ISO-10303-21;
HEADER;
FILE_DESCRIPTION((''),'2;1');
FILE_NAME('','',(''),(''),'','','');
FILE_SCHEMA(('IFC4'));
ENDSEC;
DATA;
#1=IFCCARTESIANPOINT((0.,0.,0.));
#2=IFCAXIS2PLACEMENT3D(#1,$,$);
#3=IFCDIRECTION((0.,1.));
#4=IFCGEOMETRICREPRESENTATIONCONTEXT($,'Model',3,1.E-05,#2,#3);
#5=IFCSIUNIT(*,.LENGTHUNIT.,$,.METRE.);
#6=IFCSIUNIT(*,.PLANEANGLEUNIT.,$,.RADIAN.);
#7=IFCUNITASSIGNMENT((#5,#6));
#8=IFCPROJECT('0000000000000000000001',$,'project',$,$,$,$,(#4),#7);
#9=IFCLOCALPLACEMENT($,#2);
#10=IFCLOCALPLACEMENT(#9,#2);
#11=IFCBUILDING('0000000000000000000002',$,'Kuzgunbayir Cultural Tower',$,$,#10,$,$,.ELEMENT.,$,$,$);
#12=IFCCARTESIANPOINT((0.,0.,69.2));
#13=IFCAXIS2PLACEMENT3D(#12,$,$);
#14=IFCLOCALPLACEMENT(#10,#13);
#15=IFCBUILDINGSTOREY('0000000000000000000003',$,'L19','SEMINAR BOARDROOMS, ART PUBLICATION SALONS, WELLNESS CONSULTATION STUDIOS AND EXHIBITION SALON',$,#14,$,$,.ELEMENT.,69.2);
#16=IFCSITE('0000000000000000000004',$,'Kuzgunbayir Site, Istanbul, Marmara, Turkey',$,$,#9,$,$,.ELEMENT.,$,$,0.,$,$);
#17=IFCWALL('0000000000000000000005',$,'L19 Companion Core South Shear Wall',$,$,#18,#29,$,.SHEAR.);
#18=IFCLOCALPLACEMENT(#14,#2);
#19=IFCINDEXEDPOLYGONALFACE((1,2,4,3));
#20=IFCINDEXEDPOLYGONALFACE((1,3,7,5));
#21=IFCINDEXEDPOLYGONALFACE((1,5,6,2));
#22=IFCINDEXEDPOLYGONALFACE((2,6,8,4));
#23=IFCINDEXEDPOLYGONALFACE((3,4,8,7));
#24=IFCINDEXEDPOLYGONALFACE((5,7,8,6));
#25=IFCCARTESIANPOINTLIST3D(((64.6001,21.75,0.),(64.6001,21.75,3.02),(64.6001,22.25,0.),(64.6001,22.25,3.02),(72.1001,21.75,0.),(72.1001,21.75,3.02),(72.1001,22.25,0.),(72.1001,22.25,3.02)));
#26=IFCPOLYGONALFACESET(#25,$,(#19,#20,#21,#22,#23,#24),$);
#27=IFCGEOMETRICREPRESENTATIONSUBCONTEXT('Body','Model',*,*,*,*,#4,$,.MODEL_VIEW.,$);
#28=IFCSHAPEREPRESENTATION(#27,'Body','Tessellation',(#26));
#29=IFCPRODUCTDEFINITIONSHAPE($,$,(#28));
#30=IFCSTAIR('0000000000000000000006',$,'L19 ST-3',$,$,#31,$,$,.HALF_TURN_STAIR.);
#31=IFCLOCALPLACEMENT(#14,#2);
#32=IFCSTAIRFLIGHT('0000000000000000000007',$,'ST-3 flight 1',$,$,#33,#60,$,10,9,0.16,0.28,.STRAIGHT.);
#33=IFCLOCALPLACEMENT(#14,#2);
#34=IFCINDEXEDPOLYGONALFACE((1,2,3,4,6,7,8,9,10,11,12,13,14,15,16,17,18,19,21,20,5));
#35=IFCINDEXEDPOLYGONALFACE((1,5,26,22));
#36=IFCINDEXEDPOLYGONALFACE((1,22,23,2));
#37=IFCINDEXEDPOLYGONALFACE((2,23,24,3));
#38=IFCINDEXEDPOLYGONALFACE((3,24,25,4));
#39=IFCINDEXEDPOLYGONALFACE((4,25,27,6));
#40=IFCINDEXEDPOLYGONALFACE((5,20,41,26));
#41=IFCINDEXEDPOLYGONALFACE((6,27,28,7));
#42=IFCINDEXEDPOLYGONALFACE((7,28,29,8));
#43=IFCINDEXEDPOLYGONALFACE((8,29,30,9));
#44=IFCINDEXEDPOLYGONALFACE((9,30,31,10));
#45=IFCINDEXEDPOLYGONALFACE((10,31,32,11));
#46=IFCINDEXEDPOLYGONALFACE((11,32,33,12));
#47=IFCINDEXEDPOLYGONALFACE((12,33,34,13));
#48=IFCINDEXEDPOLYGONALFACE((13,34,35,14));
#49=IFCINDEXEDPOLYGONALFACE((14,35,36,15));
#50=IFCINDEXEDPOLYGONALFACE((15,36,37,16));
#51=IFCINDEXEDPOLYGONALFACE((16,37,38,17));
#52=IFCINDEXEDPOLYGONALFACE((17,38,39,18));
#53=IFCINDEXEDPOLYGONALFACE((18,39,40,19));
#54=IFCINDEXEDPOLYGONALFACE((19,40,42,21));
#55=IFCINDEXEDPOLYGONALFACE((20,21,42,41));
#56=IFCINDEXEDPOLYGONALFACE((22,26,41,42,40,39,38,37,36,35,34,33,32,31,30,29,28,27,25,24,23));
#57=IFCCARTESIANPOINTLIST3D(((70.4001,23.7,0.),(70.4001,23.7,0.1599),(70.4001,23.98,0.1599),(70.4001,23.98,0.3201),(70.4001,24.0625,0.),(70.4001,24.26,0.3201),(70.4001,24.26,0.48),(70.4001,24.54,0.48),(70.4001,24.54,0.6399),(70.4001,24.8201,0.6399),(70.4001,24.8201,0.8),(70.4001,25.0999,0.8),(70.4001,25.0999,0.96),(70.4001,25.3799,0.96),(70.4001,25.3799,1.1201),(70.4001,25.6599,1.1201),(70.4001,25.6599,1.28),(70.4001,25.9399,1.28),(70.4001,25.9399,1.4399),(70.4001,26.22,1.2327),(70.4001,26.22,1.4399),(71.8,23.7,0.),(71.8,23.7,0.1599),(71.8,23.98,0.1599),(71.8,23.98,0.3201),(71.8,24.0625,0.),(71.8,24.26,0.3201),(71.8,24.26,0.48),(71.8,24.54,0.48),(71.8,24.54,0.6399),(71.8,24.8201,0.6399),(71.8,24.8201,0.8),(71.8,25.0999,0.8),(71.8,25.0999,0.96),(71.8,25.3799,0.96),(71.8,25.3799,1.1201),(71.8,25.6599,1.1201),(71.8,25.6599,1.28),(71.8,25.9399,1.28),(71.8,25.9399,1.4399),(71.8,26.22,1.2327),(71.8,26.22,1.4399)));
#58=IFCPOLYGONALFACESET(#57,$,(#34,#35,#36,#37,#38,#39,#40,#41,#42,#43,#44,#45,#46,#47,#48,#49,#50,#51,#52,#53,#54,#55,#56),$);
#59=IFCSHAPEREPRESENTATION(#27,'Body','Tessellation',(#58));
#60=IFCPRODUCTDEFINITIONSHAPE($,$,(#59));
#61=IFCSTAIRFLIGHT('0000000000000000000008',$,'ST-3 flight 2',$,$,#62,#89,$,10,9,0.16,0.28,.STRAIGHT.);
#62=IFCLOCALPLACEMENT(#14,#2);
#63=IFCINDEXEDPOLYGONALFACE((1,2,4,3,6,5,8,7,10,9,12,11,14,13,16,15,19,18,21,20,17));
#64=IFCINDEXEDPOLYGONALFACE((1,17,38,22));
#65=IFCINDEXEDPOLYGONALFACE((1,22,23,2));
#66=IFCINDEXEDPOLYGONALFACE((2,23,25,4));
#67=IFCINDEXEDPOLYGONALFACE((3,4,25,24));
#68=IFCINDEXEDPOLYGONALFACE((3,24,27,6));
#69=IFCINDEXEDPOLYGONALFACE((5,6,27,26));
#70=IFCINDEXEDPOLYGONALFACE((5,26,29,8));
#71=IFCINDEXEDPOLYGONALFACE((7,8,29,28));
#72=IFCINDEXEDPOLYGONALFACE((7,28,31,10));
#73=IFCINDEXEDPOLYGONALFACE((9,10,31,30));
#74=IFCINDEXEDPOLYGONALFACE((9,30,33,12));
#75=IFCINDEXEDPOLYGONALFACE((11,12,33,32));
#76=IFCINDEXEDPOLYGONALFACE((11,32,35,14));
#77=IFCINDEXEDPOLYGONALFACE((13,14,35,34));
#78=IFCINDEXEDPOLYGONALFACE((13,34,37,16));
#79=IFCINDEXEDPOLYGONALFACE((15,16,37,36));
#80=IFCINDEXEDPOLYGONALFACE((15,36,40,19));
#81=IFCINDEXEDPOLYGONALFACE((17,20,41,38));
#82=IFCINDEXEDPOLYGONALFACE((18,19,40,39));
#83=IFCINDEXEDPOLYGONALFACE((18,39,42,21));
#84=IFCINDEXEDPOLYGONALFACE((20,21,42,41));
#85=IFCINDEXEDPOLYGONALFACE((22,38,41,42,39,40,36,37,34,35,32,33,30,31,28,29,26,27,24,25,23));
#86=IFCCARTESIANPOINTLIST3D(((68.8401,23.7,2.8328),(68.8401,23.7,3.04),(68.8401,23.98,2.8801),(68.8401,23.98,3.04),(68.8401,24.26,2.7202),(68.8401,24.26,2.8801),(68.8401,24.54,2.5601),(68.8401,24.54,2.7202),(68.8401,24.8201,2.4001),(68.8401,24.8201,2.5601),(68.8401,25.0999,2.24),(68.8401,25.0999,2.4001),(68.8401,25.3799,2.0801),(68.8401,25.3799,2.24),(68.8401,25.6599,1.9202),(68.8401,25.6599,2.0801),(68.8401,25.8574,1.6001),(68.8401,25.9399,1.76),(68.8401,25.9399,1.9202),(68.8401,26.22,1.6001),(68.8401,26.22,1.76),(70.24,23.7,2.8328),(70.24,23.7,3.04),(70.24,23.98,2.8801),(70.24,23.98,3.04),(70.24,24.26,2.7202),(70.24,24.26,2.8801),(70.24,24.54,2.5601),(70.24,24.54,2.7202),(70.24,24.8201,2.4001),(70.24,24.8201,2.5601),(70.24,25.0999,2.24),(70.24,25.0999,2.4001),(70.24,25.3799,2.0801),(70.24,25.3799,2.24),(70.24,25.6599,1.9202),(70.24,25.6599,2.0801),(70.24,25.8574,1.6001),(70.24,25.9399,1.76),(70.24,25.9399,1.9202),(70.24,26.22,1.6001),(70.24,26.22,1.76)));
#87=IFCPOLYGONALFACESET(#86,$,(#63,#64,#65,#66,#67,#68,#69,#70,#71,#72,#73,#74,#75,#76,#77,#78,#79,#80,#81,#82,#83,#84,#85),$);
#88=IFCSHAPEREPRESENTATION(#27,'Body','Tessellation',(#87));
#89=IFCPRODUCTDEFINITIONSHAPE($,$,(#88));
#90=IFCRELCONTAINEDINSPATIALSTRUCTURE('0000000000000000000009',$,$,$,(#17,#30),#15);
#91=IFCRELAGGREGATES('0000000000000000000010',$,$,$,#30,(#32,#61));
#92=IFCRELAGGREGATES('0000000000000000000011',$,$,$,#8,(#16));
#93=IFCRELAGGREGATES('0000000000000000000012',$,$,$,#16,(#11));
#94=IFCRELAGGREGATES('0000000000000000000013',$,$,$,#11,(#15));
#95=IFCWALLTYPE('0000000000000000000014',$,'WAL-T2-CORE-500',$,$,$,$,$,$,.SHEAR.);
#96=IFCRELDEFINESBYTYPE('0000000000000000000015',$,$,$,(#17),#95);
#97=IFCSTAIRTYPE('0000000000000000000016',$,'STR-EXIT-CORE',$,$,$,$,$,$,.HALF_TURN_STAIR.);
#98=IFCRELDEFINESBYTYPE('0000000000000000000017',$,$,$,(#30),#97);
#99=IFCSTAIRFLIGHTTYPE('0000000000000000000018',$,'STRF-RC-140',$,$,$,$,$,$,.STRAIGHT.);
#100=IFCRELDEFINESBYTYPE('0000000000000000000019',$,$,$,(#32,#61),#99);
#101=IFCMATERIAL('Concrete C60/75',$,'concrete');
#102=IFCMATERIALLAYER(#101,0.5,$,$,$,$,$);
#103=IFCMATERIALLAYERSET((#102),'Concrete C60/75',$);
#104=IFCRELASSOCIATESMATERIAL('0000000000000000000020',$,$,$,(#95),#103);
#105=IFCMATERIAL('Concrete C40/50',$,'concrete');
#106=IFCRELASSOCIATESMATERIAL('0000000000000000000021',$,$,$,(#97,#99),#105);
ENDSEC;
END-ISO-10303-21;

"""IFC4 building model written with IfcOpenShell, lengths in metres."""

from ifc_helpers import new_model, si_unit, direction, frame, frame_2d, origin, place, context, subcontext, project, spatial, polyline, rectangle, outline, extrude, material, layer, layer_set, type_object, element, aggregate, save


model = new_model("IFC4")

# Units and contexts
model_context = context("Model", 3, precision=1e-05, world=origin(), true_north=direction((0.0, 1.0)))
body_context = subcontext(model_context, "Body", "Model", "MODEL_VIEW")
ifc_project = project(units=[si_unit("LENGTHUNIT", "METRE"), si_unit("PLANEANGLEUNIT", "RADIAN")], contexts=[model_context])

# Site, building, storey
site_placement = place(None, origin())
site = spatial("IfcSite", under=ifc_project, at=site_placement, Name="Kuzgunbayir Site, Istanbul, Marmara, Turkey", CompositionType="ELEMENT", RefElevation=0.0)
building_placement = place(site_placement, origin())
building = spatial("IfcBuilding", under=site, at=building_placement, Name="Kuzgunbayir Cultural Tower", CompositionType="ELEMENT")
storey_placement = place(building_placement, frame((0.0, 0.0, 69.2)))
storey = spatial("IfcBuildingStorey", under=building, at=storey_placement, Name="L19", Description="SEMINAR BOARDROOMS, ART PUBLICATION SALONS, WELLNESS CONSULTATION STUDIOS AND EXHIBITION SALON", CompositionType="ELEMENT", Elevation=69.2)

# Shared definitions
ifc_material_1 = material(Name="Concrete C60/75", Category="concrete")

# Shared definitions
ifc_material_2 = material(Name="Concrete C40/50", Category="concrete")

# Wall
ifc_layer_1 = layer(ifc_material_1, 0.5)
ifc_layer_set_1 = layer_set([ifc_layer_1], Name="Concrete C60/75")
wall_type_1 = type_object("IfcWallType", Name="WAL-T2-CORE-500", PredefinedType="SHEAR", material=ifc_layer_set_1)
wall_1_placement = place(storey_placement, frame((64.6001, 22.0, 0.0), z_axis=(0.0, 0.0, 1.0), x_axis=(1.0, 0.0, 0.0)))
element("IfcWall", 1, at=wall_1_placement, inside=storey, type_object=wall_type_1, Name="L19 Companion Core South Shear Wall", PredefinedType="SHEAR", context=body_context, shape_type="SweptSolid", body=[
    extrude(rectangle(XDim=7.5, YDim=0.5, at=frame_2d((3.75, 0.0))), origin(), (0.0, 0.0, 1.0), 3.02),
])

# Stair, stair flights
stair_type = type_object("IfcStairType", Name="STR-EXIT-CORE", PredefinedType="HALF_TURN_STAIR", material=ifc_material_2)
stair_placement = place(storey_placement, origin())
stair = element("IfcStair", 2, at=stair_placement, inside=storey, type_object=stair_type, Name="L19 ST-3", PredefinedType="HALF_TURN_STAIR")
stair_flight_type = type_object("IfcStairFlightType", Name="STRF-RC-140", PredefinedType="STRAIGHT", material=ifc_material_2)
stair_flight_1_placement = place(storey_placement, frame((71.1001, 23.7, 0.0), z_axis=(0.0, 0.0, 1.0), x_axis=(0.0, 1.0, 0.0)))
stair_flight_1 = element("IfcStairFlight", 3, at=stair_flight_1_placement, type_object=stair_flight_type, Name="ST-3 flight 1", NumberOfRisers=10, NumberOfTreads=9, PredefinedType="STRAIGHT", RiserHeight=0.16, TreadLength=0.28, context=body_context, shape_type="SweptSolid", body=[
    extrude(outline(polyline([(0.0, 0.0), (0.0, 0.1599), (0.28, 0.1599), (0.28, 0.3201), (0.5601, 0.3201), (0.5601, 0.48), (0.8401, 0.48), (0.8401, 0.6399), (1.1201, 0.6399), (1.1201, 0.8), (1.3999, 0.8), (1.3999, 0.96), (1.6799, 0.96), (1.6799, 1.1201), (1.96, 1.1201), (1.96, 1.28), (2.24, 1.28), (2.24, 1.4399), (2.52, 1.4399), (2.52, 1.6001), (2.52, 1.2327), (0.3625, 0.0), (0.0, 0.0)])), frame((0.0, 0.7, 0.0), z_axis=(0.0, -1.0, 0.0), x_axis=(1.0, 0.0, 0.0)), (0.0, 0.0, 1.0), 1.3999),
])
stair_flight_2_placement = place(storey_placement, frame((69.54, 26.22, 1.6001), z_axis=(0.0, 0.0, 1.0), x_axis=(0.0, -1.0, 0.0)))
stair_flight_2 = element("IfcStairFlight", 4, at=stair_flight_2_placement, type_object=stair_flight_type, Name="ST-3 flight 2", NumberOfRisers=10, NumberOfTreads=9, PredefinedType="STRAIGHT", RiserHeight=0.16, TreadLength=0.28, context=body_context, shape_type="SweptSolid", body=[
    extrude(outline(polyline([(0.0, 0.0), (0.0, 0.1599), (0.28, 0.1599), (0.28, 0.3201), (0.5601, 0.3201), (0.5601, 0.48), (0.8401, 0.48), (0.8401, 0.6399), (1.1201, 0.6399), (1.1201, 0.8), (1.3999, 0.8), (1.3999, 0.96), (1.6799, 0.96), (1.6799, 1.1201), (1.96, 1.1201), (1.96, 1.28), (2.24, 1.28), (2.24, 1.4399), (2.52, 1.4399), (2.52, 1.6001), (2.52, 1.2327), (0.3625, 0.0), (0.0, 0.0)])), frame((0.0, 0.7, 0.0), z_axis=(0.0, -1.0, 0.0), x_axis=(1.0, 0.0, 0.0)), (0.0, 0.0, 1.0), 1.3999),
])
aggregate(stair, [stair_flight_1, stair_flight_2])

save(model, "model.ifc")
